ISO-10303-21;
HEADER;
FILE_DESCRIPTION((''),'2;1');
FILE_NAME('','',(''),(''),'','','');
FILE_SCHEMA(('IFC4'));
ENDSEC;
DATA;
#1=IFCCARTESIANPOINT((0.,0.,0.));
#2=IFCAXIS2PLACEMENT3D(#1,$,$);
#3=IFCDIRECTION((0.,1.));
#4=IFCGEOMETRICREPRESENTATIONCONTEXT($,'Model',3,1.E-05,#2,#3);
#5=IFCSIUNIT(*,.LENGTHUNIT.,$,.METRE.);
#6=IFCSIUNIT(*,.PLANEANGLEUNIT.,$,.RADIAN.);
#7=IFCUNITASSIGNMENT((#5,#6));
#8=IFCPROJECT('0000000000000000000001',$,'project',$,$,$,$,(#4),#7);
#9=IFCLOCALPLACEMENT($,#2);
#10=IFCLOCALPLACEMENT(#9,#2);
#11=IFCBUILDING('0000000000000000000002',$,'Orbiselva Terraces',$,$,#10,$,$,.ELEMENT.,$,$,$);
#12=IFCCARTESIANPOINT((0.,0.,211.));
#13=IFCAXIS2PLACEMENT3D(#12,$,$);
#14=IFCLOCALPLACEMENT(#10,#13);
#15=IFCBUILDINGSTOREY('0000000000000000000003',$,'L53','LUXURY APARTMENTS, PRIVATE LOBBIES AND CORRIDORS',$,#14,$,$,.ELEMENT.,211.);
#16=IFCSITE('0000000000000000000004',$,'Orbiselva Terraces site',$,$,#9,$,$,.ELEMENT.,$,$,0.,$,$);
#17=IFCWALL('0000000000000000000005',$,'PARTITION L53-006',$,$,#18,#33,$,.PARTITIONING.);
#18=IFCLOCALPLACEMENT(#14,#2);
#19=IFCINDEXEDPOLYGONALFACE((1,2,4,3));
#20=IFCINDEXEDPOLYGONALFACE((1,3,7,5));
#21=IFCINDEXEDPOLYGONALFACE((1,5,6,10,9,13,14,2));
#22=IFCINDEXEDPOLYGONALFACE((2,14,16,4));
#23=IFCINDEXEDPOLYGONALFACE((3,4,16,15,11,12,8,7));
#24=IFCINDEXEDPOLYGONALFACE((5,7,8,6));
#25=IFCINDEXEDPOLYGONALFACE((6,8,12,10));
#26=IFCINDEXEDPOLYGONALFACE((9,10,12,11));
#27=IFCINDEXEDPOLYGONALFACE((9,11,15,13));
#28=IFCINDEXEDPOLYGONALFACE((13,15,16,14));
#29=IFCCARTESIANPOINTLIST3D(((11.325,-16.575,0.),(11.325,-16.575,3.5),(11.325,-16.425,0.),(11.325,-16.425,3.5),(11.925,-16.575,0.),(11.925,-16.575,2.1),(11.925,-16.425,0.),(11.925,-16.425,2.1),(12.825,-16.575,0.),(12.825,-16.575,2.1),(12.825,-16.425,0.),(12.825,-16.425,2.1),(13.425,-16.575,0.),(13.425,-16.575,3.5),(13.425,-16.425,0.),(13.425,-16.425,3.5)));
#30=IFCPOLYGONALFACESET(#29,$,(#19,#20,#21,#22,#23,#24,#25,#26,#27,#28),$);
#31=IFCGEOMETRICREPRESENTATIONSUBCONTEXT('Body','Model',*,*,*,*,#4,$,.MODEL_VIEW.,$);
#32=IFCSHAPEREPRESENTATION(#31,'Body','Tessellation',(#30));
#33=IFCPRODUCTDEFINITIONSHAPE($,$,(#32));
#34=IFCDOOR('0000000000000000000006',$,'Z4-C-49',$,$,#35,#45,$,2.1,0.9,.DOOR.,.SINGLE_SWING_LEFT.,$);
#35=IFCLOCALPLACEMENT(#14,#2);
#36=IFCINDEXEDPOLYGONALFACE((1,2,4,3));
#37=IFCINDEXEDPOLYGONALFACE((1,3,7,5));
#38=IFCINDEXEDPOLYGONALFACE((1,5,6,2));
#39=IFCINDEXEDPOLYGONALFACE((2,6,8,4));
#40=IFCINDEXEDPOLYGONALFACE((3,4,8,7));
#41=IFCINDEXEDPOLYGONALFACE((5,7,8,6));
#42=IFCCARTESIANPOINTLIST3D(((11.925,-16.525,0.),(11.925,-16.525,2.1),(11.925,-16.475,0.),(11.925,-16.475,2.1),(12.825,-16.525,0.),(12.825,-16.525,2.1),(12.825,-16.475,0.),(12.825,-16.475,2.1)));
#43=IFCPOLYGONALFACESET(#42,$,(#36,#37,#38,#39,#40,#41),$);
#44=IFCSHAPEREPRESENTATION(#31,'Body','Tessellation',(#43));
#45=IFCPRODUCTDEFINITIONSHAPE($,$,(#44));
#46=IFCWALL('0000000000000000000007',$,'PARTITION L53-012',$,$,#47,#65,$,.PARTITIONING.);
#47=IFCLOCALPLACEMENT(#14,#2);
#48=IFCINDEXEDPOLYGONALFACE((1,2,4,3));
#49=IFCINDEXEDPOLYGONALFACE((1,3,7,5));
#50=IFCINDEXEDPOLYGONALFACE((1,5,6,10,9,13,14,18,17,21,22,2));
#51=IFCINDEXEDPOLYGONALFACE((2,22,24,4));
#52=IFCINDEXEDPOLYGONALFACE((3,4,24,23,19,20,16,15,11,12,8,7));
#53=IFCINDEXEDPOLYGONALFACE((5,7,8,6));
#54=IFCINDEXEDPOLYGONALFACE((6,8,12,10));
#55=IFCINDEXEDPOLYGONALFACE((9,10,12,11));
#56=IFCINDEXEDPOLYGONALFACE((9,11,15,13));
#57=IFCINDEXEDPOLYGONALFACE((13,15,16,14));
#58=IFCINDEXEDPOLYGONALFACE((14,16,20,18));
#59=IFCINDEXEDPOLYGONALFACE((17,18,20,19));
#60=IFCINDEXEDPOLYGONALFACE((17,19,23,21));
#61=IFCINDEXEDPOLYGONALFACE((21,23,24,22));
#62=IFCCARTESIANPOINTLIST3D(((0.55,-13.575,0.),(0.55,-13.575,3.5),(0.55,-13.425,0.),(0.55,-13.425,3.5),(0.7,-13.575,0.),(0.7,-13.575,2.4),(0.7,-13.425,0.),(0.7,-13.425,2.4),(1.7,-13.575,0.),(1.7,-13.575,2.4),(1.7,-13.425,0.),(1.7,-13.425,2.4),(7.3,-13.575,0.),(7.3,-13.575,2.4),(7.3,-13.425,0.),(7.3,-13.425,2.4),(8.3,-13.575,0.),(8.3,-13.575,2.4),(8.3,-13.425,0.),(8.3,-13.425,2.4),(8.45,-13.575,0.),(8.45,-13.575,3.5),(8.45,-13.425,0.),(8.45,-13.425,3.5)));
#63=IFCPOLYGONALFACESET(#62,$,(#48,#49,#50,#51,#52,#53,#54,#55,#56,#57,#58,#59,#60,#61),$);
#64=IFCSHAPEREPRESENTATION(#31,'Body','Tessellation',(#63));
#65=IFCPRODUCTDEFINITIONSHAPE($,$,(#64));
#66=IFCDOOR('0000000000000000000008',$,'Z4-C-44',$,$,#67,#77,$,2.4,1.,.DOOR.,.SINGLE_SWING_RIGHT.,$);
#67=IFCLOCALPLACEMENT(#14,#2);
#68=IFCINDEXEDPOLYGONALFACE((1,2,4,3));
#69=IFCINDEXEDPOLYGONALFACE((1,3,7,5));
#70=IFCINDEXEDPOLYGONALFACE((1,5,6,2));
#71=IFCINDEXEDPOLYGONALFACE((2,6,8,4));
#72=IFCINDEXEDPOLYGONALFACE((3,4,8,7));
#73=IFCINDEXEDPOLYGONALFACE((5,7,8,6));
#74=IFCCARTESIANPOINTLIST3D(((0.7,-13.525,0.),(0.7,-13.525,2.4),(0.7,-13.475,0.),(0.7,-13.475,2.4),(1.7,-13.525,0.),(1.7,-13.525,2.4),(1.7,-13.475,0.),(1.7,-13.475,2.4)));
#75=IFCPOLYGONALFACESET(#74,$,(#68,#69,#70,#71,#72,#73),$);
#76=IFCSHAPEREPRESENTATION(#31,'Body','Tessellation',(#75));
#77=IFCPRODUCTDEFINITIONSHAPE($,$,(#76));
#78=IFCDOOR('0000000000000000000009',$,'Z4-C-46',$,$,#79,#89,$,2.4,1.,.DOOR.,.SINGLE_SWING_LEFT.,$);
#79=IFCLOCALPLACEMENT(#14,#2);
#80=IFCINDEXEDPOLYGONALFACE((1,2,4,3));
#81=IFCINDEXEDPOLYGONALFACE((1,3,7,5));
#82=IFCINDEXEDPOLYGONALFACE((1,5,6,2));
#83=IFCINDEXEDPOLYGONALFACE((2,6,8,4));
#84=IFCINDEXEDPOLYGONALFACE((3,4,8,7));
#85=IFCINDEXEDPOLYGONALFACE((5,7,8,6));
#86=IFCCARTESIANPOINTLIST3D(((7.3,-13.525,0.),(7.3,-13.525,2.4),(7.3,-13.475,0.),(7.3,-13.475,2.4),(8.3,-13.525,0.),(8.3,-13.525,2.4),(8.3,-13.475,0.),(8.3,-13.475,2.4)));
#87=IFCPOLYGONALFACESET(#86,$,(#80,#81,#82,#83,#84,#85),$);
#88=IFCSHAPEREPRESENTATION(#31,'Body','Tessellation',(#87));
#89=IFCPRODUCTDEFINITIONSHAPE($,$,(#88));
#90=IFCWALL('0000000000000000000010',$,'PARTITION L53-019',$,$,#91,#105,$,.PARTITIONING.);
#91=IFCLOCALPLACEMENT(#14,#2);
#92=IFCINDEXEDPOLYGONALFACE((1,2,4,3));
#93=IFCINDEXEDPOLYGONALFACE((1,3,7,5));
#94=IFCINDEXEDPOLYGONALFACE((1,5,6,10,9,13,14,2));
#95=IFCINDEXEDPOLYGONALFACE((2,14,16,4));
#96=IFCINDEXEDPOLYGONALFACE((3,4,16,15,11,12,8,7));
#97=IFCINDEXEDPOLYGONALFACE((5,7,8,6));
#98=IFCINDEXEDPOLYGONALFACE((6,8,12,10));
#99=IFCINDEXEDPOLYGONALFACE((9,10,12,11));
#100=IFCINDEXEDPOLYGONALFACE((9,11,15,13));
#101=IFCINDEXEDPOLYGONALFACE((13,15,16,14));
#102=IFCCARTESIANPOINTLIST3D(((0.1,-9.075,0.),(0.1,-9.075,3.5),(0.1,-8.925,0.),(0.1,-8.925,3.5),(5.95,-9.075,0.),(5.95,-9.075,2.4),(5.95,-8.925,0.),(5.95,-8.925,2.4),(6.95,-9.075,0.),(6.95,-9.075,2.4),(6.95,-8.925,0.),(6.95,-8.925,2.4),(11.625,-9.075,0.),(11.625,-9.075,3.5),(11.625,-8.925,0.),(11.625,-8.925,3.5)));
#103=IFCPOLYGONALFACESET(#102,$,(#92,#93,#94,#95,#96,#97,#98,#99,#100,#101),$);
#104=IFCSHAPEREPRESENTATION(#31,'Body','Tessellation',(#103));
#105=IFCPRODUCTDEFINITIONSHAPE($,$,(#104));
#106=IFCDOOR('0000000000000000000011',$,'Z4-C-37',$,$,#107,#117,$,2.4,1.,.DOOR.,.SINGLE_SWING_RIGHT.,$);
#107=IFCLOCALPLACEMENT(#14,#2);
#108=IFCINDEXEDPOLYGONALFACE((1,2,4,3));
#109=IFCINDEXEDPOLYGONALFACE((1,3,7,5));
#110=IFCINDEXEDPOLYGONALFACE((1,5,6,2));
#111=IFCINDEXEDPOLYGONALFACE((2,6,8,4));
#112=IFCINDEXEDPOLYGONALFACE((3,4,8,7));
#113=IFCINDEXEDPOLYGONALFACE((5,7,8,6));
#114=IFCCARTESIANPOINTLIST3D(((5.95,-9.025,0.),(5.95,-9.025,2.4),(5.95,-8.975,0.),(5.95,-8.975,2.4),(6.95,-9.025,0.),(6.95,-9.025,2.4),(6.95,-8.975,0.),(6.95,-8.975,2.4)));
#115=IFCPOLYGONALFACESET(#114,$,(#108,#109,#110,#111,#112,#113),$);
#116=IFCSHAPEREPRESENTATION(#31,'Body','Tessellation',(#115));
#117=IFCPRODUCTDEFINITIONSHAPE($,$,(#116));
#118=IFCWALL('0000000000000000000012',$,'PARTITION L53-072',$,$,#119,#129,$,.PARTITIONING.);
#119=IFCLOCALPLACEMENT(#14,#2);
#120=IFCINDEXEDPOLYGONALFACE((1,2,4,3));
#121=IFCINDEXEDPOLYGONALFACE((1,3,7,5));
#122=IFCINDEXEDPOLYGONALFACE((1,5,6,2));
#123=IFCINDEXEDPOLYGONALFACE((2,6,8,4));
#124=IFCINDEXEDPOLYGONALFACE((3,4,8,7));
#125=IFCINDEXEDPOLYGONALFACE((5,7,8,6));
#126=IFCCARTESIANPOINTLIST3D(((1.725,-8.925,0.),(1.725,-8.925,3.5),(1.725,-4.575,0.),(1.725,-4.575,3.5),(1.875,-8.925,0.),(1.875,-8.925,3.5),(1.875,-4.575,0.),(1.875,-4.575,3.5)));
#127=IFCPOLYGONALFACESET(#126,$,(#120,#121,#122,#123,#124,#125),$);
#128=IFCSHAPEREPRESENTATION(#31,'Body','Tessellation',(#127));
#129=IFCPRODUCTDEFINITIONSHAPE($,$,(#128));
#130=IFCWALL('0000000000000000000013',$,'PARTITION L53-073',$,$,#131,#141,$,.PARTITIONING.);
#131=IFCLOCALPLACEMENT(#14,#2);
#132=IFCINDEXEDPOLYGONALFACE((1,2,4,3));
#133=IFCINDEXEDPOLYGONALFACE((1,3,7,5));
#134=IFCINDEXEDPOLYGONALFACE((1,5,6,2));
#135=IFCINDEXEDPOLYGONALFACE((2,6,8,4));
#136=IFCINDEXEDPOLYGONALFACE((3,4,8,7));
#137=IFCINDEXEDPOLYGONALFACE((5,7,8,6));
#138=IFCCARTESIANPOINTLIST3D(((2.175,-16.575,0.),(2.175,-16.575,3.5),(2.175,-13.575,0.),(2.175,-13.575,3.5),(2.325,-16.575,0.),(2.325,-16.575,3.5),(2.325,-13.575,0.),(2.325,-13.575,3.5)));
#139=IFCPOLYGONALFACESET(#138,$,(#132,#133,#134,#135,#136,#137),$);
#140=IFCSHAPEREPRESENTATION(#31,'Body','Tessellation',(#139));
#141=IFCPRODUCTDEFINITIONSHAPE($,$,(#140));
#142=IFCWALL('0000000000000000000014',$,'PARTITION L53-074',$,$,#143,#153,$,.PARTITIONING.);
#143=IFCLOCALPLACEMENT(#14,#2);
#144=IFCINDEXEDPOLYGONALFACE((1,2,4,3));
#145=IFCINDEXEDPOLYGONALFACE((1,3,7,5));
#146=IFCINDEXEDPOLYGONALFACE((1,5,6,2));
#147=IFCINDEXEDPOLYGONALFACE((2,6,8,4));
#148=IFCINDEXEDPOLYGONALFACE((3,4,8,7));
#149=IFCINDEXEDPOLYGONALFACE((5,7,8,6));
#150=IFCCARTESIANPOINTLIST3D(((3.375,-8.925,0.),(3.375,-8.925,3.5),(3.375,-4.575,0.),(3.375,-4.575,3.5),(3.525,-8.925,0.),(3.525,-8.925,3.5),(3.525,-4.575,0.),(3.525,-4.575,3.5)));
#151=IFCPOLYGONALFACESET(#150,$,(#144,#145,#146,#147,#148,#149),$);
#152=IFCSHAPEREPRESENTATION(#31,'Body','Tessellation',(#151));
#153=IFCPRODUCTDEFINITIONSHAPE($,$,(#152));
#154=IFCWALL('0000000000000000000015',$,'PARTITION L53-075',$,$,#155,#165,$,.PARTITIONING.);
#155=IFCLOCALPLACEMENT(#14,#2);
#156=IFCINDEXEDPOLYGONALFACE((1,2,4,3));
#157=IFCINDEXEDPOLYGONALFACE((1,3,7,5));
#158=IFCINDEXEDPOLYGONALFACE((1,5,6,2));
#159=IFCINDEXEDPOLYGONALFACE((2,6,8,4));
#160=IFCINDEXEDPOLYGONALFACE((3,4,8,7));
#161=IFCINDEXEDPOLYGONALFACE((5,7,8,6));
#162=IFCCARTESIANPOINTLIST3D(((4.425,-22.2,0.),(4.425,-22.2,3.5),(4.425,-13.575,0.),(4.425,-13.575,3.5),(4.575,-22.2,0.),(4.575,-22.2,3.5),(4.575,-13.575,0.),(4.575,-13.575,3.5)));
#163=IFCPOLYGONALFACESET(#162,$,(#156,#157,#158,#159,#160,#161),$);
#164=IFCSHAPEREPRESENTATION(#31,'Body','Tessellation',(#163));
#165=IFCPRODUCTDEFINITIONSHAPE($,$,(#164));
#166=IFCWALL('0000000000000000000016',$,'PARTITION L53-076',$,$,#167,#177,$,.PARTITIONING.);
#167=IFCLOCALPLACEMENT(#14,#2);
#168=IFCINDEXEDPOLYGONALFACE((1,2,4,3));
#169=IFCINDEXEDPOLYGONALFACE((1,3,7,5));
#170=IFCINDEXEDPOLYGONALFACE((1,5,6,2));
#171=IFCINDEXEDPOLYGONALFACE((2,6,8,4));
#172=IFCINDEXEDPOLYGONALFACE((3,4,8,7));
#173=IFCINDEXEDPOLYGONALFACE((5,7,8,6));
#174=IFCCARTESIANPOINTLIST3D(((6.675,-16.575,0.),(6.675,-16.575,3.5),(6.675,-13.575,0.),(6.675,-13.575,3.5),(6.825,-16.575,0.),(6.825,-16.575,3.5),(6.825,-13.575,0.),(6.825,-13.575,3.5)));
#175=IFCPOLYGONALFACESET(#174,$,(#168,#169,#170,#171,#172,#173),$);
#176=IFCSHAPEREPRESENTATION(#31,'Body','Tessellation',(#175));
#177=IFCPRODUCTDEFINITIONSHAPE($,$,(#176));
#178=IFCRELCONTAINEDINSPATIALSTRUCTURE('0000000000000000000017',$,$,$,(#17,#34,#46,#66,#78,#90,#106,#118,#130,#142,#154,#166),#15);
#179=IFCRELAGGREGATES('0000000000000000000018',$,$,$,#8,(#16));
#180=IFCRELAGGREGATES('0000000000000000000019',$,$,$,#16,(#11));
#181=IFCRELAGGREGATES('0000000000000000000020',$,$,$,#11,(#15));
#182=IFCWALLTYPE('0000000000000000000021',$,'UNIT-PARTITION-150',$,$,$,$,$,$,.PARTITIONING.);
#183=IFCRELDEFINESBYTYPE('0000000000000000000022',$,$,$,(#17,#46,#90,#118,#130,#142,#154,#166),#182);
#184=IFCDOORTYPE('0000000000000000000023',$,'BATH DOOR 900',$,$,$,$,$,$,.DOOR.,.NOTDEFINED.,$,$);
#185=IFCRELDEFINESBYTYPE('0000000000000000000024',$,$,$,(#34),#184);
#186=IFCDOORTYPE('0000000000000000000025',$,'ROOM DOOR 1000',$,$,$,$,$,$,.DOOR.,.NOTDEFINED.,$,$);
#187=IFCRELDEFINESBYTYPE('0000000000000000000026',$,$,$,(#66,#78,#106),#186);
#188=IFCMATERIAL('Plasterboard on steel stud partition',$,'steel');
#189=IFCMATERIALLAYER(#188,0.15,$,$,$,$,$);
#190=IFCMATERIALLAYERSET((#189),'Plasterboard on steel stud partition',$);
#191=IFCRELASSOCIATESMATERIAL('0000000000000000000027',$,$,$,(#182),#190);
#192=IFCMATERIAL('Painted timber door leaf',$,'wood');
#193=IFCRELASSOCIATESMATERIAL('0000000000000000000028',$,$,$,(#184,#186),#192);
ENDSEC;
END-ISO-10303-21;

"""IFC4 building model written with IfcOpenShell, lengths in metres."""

from ifc_helpers import new_model, si_unit, direction, frame, frame_2d, origin, place, context, subcontext, project, spatial, rectangle, extrude, material, layer, layer_set, type_object, element, fill, save


model = new_model("IFC4")

# Units and contexts
model_context = context("Model", 3, precision=1e-05, world=origin(), true_north=direction((0.0, 1.0)))
body_context = subcontext(model_context, "Body", "Model", "MODEL_VIEW")
ifc_project = project(units=[si_unit("LENGTHUNIT", "METRE"), si_unit("PLANEANGLEUNIT", "RADIAN")], contexts=[model_context])

# Site, building, storey
site_placement = place(None, origin())
site = spatial("IfcSite", under=ifc_project, at=site_placement, Name="Orbiselva Terraces site", CompositionType="ELEMENT", RefElevation=0.0)
building_placement = place(site_placement, origin())
building = spatial("IfcBuilding", under=site, at=building_placement, Name="Orbiselva Terraces", CompositionType="ELEMENT")
storey_placement = place(building_placement, frame((0.0, 0.0, 211.0)))
storey = spatial("IfcBuildingStorey", under=building, at=storey_placement, Name="L53", Description="LUXURY APARTMENTS, PRIVATE LOBBIES AND CORRIDORS", CompositionType="ELEMENT", Elevation=211.0)

# Shared definitions
ifc_material_1 = material(Name="Plasterboard on steel stud partition", Category="steel")

# Wall, opening, door
ifc_layer_1 = layer(ifc_material_1, 0.15)
ifc_layer_set_1 = layer_set([ifc_layer_1], Name="Plasterboard on steel stud partition")
wall_type_1 = type_object("IfcWallType", Name="UNIT-PARTITION-150", PredefinedType="PARTITIONING", material=ifc_layer_set_1)
ifc_material_2 = material(Name="Painted timber door leaf", Category="wood")
door_type_1 = type_object("IfcDoorType", Name="BATH DOOR 900", OperationType="NOTDEFINED", PredefinedType="DOOR", material=ifc_material_2)
wall_1_placement = place(storey_placement, frame((11.325, -16.5, 0.0), z_axis=(0.0, 0.0, 1.0), x_axis=(1.0, 0.0, 0.0)))
wall_1 = element("IfcWall", 1, at=wall_1_placement, inside=storey, type_object=wall_type_1, Name="PARTITION L53-006", PredefinedType="PARTITIONING", context=body_context, shape_type="SweptSolid", body=[
    extrude(rectangle(XDim=2.1, YDim=0.15, at=frame_2d((1.05, 0.0))), origin(), (0.0, 0.0, 1.0), 3.5),
])
opening_1_placement = place(wall_1_placement, frame((0.6, 0.0, 0.0)))
opening_1 = element("IfcOpeningElement", 2, at=opening_1_placement, cuts=wall_1, PredefinedType="OPENING", context=body_context, shape_type="SweptSolid", body=[
    extrude(rectangle(XDim=0.9, YDim=2.1, at=frame_2d((0.45, 1.05))), frame((0.0, 0.085, 0.0), z_axis=(0.0, -1.0, 0.0), x_axis=(1.0, 0.0, 0.0)), (0.0, 0.0, 1.0), 0.17),
])
door_1_placement = place(opening_1_placement, origin())
door_1 = element("IfcDoor", 3, at=door_1_placement, inside=storey, type_object=door_type_1, Name="Z4-C-49", OperationType="SINGLE_SWING_LEFT", OverallHeight=2.1, OverallWidth=0.9, PredefinedType="DOOR", context=body_context, shape_type="SweptSolid", body=[
    extrude(rectangle(XDim=0.9, YDim=2.1, at=frame_2d((0.45, 1.05))), frame((0.0, 0.025, 0.0), z_axis=(0.0, -1.0, 0.0), x_axis=(1.0, 0.0, 0.0)), (0.0, 0.0, 1.0), 0.05),
])
fill(opening_1, door_1)

# Wall, openings, doors
wall_2_placement = place(storey_placement, frame((8.45, -13.5, 0.0), z_axis=(0.0, 0.0, 1.0), x_axis=(-1.0, 0.0, 0.0)))
wall_2 = element("IfcWall", 4, at=wall_2_placement, inside=storey, type_object=wall_type_1, Name="PARTITION L53-012", PredefinedType="PARTITIONING", context=body_context, shape_type="SweptSolid", body=[
    extrude(rectangle(XDim=7.9, YDim=0.15, at=frame_2d((3.95, 0.0))), origin(), (0.0, 0.0, 1.0), 3.5),
])
opening_2_placement = place(wall_2_placement, frame((6.75, 0.0, 0.0)))
opening_2 = element("IfcOpeningElement", 5, at=opening_2_placement, cuts=wall_2, PredefinedType="OPENING", context=body_context, shape_type="SweptSolid", body=[
    extrude(rectangle(XDim=1.0, YDim=2.4, at=frame_2d((0.5, 1.2))), frame((0.0, 0.085, 0.0), z_axis=(0.0, -1.0, 0.0), x_axis=(1.0, 0.0, 0.0)), (0.0, 0.0, 1.0), 0.17),
])
opening_3_placement = place(wall_2_placement, frame((0.15, 0.0, 0.0)))
opening_3 = element("IfcOpeningElement", 6, at=opening_3_placement, cuts=wall_2, PredefinedType="OPENING", context=body_context, shape_type="SweptSolid", body=[
    extrude(rectangle(XDim=1.0, YDim=2.4, at=frame_2d((0.5, 1.2))), frame((0.0, 0.085, 0.0), z_axis=(0.0, -1.0, 0.0), x_axis=(1.0, 0.0, 0.0)), (0.0, 0.0, 1.0), 0.17),
])
door_type_2 = type_object("IfcDoorType", Name="ROOM DOOR 1000", OperationType="NOTDEFINED", PredefinedType="DOOR", material=ifc_material_2)
door_2_placement = place(opening_2_placement, origin())
door_2 = element("IfcDoor", 7, at=door_2_placement, inside=storey, type_object=door_type_2, Name="Z4-C-44", OperationType="SINGLE_SWING_RIGHT", OverallHeight=2.4, OverallWidth=1.0, PredefinedType="DOOR", context=body_context, shape_type="SweptSolid", body=[
    extrude(rectangle(XDim=1.0, YDim=2.4, at=frame_2d((0.5, 1.2))), frame((0.0, 0.025, 0.0), z_axis=(0.0, -1.0, 0.0), x_axis=(1.0, 0.0, 0.0)), (0.0, 0.0, 1.0), 0.05),
])
fill(opening_2, door_2)
door_3_placement = place(opening_3_placement, origin())
door_3 = element("IfcDoor", 8, at=door_3_placement, inside=storey, type_object=door_type_2, Name="Z4-C-46", OperationType="SINGLE_SWING_LEFT", OverallHeight=2.4, OverallWidth=1.0, PredefinedType="DOOR", context=body_context, shape_type="SweptSolid", body=[
    extrude(rectangle(XDim=1.0, YDim=2.4, at=frame_2d((0.5, 1.2))), frame((0.0, 0.025, 0.0), z_axis=(0.0, -1.0, 0.0), x_axis=(1.0, 0.0, 0.0)), (0.0, 0.0, 1.0), 0.05),
])
fill(opening_3, door_3)

# Wall, opening, door
wall_3_placement = place(storey_placement, frame((0.1, -9.0, 0.0), z_axis=(0.0, 0.0, 1.0), x_axis=(1.0, 0.0, 0.0)))
wall_3 = element("IfcWall", 9, at=wall_3_placement, inside=storey, type_object=wall_type_1, Name="PARTITION L53-019", PredefinedType="PARTITIONING", context=body_context, shape_type="SweptSolid", body=[
    extrude(rectangle(XDim=11.525, YDim=0.15, at=frame_2d((5.7625, 0.0))), origin(), (0.0, 0.0, 1.0), 3.5),
])
opening_4_placement = place(wall_3_placement, frame((5.85, 0.0, 0.0)))
opening_4 = element("IfcOpeningElement", 10, at=opening_4_placement, cuts=wall_3, PredefinedType="OPENING", context=body_context, shape_type="SweptSolid", body=[
    extrude(rectangle(XDim=1.0, YDim=2.4, at=frame_2d((0.5, 1.2))), frame((0.0, 0.085, 0.0), z_axis=(0.0, -1.0, 0.0), x_axis=(1.0, 0.0, 0.0)), (0.0, 0.0, 1.0), 0.17),
])
door_4_placement = place(opening_4_placement, origin())
door_4 = element("IfcDoor", 11, at=door_4_placement, inside=storey, type_object=door_type_2, Name="Z4-C-37", OperationType="SINGLE_SWING_RIGHT", OverallHeight=2.4, OverallWidth=1.0, PredefinedType="DOOR", context=body_context, shape_type="SweptSolid", body=[
    extrude(rectangle(XDim=1.0, YDim=2.4, at=frame_2d((0.5, 1.2))), frame((0.0, 0.025, 0.0), z_axis=(0.0, -1.0, 0.0), x_axis=(1.0, 0.0, 0.0)), (0.0, 0.0, 1.0), 0.05),
])
fill(opening_4, door_4)

# Walls
wall_4_placement = place(storey_placement, frame((1.8, -8.925, 0.0), z_axis=(0.0, 0.0, 1.0), x_axis=(0.0, 1.0, 0.0)))
element("IfcWall", 12, at=wall_4_placement, inside=storey, type_object=wall_type_1, Name="PARTITION L53-072", PredefinedType="PARTITIONING", context=body_context, shape_type="SweptSolid", body=[
    extrude(rectangle(XDim=4.35, YDim=0.15, at=frame_2d((2.175, 0.0))), origin(), (0.0, 0.0, 1.0), 3.5),
])
wall_5_placement = place(storey_placement, frame((2.25, -16.575, 0.0), z_axis=(0.0, 0.0, 1.0), x_axis=(0.0, 1.0, 0.0)))
element("IfcWall", 13, at=wall_5_placement, inside=storey, type_object=wall_type_1, Name="PARTITION L53-073", PredefinedType="PARTITIONING", context=body_context, shape_type="SweptSolid", body=[
    extrude(rectangle(XDim=3.0, YDim=0.15, at=frame_2d((1.5, 0.0))), origin(), (0.0, 0.0, 1.0), 3.5),
])
wall_6_placement = place(storey_placement, frame((3.45, -8.925, 0.0), z_axis=(0.0, 0.0, 1.0), x_axis=(0.0, 1.0, 0.0)))
element("IfcWall", 14, at=wall_6_placement, inside=storey, type_object=wall_type_1, Name="PARTITION L53-074", PredefinedType="PARTITIONING", context=body_context, shape_type="SweptSolid", body=[
    extrude(rectangle(XDim=4.35, YDim=0.15, at=frame_2d((2.175, 0.0))), origin(), (0.0, 0.0, 1.0), 3.5),
])
wall_7_placement = place(storey_placement, frame((4.5, -22.2, 0.0), z_axis=(0.0, 0.0, 1.0), x_axis=(0.0, 1.0, 0.0)))
element("IfcWall", 15, at=wall_7_placement, inside=storey, type_object=wall_type_1, Name="PARTITION L53-075", PredefinedType="PARTITIONING", context=body_context, shape_type="SweptSolid", body=[
    extrude(rectangle(XDim=8.625, YDim=0.15, at=frame_2d((4.3125, 0.0))), origin(), (0.0, 0.0, 1.0), 3.5),
])
wall_8_placement = place(storey_placement, frame((6.75, -16.575, 0.0), z_axis=(0.0, 0.0, 1.0), x_axis=(0.0, 1.0, 0.0)))
element("IfcWall", 16, at=wall_8_placement, inside=storey, type_object=wall_type_1, Name="PARTITION L53-076", PredefinedType="PARTITIONING", context=body_context, shape_type="SweptSolid", body=[
    extrude(rectangle(XDim=3.0, YDim=0.15, at=frame_2d((1.5, 0.0))), origin(), (0.0, 0.0, 1.0), 3.5),
])

save(model, "model.ifc")
